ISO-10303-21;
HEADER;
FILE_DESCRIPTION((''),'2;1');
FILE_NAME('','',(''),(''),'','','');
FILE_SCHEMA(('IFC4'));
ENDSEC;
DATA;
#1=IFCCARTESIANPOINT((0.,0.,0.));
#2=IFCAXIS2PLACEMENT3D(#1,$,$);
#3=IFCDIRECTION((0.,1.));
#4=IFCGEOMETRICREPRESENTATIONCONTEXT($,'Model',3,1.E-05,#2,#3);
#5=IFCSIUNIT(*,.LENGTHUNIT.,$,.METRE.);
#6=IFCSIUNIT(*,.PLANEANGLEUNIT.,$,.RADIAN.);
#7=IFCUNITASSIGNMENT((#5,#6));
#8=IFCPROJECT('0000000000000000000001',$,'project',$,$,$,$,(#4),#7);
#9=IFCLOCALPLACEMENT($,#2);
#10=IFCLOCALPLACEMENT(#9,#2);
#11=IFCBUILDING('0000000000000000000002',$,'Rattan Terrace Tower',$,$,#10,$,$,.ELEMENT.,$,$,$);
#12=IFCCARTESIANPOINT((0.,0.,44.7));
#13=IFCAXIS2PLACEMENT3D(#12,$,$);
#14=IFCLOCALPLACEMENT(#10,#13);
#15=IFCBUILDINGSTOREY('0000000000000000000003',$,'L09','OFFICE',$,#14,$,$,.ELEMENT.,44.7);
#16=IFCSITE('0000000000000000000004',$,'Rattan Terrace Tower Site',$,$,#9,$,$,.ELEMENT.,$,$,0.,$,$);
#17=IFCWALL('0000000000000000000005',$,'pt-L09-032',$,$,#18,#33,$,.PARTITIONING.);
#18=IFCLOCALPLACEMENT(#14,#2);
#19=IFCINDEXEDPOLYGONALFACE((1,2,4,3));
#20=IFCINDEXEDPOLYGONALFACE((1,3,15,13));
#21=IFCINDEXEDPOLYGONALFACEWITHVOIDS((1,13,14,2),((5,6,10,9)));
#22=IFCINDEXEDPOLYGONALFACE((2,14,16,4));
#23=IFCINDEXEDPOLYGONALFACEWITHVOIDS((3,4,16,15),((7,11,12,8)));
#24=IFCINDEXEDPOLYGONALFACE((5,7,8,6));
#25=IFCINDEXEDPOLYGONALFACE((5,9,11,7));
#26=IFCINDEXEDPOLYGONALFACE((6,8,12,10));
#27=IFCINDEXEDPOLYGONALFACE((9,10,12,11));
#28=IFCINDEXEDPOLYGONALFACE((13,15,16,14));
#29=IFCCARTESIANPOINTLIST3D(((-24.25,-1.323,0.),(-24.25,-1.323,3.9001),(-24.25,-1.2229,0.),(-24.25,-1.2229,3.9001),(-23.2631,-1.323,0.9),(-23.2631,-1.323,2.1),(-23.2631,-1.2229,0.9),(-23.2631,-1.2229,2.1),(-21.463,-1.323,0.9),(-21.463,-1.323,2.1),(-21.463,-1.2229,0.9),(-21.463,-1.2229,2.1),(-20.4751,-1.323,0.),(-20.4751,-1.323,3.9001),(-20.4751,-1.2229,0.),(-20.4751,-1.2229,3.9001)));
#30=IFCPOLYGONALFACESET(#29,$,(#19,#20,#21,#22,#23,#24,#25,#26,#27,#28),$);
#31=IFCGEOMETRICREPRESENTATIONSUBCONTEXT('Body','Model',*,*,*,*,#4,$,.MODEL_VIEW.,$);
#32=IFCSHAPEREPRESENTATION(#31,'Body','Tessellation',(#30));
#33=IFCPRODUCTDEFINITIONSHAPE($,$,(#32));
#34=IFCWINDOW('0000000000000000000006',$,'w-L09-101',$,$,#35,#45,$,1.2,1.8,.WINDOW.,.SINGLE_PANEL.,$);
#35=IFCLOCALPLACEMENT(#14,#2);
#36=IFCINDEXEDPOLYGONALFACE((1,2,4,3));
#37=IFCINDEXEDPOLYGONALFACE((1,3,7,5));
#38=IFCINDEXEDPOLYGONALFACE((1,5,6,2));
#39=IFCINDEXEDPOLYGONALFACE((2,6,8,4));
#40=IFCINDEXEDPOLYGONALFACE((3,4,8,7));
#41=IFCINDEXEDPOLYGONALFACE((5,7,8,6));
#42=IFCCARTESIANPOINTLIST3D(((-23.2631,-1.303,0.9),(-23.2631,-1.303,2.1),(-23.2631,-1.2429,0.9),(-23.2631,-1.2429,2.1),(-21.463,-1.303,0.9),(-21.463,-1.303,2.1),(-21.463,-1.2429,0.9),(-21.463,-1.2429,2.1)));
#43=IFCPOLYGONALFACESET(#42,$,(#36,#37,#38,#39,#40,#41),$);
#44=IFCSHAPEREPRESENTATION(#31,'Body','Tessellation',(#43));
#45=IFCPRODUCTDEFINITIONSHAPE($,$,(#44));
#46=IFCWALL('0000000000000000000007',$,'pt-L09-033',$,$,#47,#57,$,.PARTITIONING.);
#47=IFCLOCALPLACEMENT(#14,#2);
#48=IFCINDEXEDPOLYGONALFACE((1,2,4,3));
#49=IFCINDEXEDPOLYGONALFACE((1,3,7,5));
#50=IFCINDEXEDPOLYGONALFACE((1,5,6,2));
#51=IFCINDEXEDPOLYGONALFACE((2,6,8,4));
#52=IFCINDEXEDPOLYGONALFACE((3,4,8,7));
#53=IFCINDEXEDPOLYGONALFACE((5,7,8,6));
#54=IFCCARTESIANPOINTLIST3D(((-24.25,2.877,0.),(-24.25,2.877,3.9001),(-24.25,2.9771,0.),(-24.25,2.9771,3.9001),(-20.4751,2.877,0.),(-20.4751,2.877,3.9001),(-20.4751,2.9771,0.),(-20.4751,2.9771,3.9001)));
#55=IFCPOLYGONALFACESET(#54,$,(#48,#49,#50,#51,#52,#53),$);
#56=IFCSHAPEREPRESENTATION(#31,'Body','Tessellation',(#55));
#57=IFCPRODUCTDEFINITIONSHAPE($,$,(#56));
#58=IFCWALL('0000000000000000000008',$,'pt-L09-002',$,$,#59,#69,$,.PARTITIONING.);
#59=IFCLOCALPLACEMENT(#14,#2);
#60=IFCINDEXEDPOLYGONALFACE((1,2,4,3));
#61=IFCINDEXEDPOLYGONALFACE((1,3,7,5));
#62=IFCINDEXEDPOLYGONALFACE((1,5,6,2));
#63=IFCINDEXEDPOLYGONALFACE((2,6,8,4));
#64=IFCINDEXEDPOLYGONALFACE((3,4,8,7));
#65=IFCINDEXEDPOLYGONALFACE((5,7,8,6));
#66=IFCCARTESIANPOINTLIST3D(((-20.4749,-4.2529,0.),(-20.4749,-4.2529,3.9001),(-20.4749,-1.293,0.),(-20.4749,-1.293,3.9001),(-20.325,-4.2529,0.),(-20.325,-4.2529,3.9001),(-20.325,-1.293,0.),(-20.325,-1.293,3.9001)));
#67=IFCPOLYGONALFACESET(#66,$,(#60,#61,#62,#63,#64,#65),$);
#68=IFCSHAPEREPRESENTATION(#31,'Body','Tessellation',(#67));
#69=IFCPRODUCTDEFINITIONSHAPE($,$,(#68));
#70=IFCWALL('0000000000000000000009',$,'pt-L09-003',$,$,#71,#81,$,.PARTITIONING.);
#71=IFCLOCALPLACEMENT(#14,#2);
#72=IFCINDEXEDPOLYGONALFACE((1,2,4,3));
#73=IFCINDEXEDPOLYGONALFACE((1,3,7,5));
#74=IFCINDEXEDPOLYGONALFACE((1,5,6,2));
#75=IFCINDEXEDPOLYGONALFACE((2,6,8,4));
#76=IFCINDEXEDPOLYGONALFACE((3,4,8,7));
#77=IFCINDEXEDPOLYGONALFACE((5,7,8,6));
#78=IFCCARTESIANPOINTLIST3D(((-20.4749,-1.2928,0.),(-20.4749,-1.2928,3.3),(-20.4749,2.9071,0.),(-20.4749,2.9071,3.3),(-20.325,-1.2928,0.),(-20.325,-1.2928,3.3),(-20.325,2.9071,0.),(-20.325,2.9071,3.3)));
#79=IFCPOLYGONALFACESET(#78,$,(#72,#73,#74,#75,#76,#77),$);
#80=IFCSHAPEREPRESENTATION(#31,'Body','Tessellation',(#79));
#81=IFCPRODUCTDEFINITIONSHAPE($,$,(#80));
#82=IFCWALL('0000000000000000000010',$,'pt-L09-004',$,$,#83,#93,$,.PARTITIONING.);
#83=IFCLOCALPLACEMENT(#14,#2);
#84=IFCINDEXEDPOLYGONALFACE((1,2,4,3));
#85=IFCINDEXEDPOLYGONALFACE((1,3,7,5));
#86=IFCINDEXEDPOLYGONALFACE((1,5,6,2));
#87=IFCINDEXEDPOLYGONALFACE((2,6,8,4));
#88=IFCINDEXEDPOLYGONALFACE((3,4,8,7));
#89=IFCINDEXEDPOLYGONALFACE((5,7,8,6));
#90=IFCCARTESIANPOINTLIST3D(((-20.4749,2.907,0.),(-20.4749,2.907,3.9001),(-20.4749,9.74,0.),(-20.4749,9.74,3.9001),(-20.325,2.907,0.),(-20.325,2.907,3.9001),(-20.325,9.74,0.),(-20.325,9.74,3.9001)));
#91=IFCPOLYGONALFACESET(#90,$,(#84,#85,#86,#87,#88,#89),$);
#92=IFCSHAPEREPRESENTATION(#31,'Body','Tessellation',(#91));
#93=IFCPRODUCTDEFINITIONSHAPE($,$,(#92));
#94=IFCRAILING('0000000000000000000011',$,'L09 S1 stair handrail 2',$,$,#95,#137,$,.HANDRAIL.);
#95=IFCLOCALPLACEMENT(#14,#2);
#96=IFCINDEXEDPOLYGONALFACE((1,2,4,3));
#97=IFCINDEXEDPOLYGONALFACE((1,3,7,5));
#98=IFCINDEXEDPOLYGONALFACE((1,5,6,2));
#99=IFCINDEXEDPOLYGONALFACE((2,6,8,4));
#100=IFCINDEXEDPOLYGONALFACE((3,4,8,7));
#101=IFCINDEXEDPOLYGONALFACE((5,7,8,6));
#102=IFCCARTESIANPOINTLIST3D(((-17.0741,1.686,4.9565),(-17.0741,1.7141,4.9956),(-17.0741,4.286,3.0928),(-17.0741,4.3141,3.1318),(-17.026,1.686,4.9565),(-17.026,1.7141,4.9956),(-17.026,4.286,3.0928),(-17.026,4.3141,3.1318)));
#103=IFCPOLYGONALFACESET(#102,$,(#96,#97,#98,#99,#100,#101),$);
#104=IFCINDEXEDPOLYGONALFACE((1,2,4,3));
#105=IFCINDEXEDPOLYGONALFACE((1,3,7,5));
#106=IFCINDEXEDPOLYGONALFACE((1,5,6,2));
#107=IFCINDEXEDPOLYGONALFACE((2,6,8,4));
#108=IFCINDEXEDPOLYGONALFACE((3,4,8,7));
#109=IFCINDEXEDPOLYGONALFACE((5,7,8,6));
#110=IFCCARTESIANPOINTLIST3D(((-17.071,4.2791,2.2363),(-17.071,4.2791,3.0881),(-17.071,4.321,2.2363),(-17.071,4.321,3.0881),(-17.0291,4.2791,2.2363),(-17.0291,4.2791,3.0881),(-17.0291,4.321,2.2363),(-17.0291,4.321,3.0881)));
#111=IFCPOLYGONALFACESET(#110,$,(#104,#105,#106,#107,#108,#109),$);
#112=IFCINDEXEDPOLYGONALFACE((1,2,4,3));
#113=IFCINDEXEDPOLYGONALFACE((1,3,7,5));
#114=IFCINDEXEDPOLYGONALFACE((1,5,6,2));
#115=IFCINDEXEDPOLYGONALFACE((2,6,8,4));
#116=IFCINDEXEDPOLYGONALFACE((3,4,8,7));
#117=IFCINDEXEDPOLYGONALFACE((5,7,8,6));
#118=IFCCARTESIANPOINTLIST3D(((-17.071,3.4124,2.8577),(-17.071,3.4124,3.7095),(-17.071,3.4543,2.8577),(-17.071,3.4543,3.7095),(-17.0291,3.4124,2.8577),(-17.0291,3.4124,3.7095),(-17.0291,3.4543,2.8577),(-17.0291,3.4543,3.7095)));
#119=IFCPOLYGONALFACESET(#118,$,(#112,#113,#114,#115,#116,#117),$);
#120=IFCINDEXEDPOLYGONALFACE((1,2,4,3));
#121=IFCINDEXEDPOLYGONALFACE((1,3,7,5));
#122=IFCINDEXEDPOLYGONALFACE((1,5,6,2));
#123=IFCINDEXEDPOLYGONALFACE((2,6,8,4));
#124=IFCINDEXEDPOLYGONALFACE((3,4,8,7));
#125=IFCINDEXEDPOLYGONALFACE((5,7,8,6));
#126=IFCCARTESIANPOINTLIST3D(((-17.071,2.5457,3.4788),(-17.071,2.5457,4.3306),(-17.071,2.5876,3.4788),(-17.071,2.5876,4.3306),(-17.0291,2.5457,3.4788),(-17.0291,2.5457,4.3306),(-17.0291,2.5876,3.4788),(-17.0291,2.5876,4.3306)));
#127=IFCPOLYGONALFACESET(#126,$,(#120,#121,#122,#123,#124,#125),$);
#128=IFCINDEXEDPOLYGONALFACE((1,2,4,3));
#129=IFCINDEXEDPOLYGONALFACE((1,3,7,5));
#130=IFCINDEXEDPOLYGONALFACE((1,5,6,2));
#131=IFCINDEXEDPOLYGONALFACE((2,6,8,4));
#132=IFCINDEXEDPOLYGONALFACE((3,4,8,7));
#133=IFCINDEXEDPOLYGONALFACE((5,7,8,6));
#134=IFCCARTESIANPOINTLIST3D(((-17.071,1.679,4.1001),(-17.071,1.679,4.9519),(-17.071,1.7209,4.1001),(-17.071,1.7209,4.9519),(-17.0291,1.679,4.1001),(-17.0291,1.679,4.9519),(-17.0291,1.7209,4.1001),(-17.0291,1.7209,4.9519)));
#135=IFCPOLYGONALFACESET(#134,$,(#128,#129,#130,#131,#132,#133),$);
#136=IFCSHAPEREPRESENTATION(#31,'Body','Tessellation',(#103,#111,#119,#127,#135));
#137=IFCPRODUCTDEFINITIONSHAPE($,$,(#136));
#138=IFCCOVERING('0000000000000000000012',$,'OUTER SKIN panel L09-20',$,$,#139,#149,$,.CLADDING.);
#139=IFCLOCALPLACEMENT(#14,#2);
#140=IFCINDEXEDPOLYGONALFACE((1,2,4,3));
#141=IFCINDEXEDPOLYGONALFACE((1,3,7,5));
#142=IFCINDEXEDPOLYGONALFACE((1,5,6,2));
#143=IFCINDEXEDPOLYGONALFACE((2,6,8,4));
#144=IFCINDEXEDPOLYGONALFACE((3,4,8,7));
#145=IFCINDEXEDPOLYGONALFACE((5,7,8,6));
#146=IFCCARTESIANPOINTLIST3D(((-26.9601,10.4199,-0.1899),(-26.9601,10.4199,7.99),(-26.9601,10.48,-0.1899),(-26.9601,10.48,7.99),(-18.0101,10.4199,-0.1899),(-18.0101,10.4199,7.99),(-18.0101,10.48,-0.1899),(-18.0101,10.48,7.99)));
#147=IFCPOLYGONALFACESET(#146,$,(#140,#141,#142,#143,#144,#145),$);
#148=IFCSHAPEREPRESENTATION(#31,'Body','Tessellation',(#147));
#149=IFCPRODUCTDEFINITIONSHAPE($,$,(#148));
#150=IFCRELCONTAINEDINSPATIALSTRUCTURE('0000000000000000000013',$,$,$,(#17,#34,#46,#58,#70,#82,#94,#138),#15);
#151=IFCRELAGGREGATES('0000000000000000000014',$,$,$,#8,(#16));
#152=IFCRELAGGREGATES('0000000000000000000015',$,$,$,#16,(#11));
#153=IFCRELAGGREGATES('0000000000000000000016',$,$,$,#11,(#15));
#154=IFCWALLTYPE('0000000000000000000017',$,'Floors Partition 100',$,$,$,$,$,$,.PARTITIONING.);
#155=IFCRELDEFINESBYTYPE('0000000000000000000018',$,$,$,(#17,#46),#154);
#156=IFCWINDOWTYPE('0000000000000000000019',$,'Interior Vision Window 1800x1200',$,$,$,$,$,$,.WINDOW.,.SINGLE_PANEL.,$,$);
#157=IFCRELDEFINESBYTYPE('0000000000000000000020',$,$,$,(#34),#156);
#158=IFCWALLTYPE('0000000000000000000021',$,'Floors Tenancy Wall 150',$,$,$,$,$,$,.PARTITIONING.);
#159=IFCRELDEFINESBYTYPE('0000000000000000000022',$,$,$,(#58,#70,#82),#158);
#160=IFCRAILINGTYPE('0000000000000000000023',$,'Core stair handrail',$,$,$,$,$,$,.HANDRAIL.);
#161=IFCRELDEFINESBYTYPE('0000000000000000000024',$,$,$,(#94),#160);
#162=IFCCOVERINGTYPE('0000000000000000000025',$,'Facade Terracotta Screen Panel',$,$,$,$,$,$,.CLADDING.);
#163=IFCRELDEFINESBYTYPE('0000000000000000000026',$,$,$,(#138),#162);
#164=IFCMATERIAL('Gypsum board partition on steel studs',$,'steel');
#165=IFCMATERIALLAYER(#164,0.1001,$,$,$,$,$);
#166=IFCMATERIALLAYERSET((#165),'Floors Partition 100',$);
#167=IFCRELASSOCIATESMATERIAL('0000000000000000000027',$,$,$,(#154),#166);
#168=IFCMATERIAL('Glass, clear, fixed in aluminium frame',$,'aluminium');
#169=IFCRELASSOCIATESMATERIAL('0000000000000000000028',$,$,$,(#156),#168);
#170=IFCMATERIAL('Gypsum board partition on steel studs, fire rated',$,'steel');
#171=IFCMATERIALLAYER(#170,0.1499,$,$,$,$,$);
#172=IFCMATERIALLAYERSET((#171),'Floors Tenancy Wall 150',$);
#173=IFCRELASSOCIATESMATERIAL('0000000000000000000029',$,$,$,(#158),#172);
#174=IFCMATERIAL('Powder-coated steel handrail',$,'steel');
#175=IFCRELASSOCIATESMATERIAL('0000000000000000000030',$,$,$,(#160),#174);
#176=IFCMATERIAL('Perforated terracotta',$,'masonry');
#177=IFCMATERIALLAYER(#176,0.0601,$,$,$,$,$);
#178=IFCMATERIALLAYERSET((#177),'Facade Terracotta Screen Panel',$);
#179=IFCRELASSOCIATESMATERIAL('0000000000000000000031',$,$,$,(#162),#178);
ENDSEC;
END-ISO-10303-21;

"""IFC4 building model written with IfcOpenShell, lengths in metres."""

from ifc_helpers import new_model, si_unit, direction, frame, frame_2d, origin, origin_2d, place, context, subcontext, project, spatial, rectangle, extrude, material, layer, layer_set, type_object, element, fill, save


model = new_model("IFC4")

# Units and contexts
model_context = context("Model", 3, precision=1e-05, world=origin(), true_north=direction((0.0, 1.0)))
body_context = subcontext(model_context, "Body", "Model", "MODEL_VIEW")
ifc_project = project(units=[si_unit("LENGTHUNIT", "METRE"), si_unit("PLANEANGLEUNIT", "RADIAN")], contexts=[model_context])

# Site, building, storey
site_placement = place(None, origin())
site = spatial("IfcSite", under=ifc_project, at=site_placement, Name="Rattan Terrace Tower Site", CompositionType="ELEMENT", RefElevation=0.0)
building_placement = place(site_placement, origin())
building = spatial("IfcBuilding", under=site, at=building_placement, Name="Rattan Terrace Tower", CompositionType="ELEMENT")
storey_placement = place(building_placement, frame((0.0, 0.0, 44.7)))
storey = spatial("IfcBuildingStorey", under=building, at=storey_placement, Name="L09", Description="OFFICE", CompositionType="ELEMENT", Elevation=44.7)

# Shared definitions
ifc_material_1 = material(Name="Gypsum board partition on steel studs", Category="steel")
ifc_layer_1 = layer(ifc_material_1, 0.1001)
ifc_layer_set_1 = layer_set([ifc_layer_1], Name="Floors Partition 100")
wall_type_1 = type_object("IfcWallType", Name="Floors Partition 100", PredefinedType="PARTITIONING", material=ifc_layer_set_1)

# Wall, opening, window
wall_1_placement = place(storey_placement, frame((-24.25, -1.2729, 0.0), z_axis=(0.0, 0.0, 1.0), x_axis=(1.0, 0.0, 0.0)))
wall_1 = element("IfcWall", 1, at=wall_1_placement, inside=storey, type_object=wall_type_1, Name="pt-L09-032", PredefinedType="PARTITIONING", context=body_context, shape_type="SweptSolid", body=[
    extrude(rectangle(XDim=3.7749, YDim=0.1001, at=frame_2d((1.8875, 0.0))), origin(), (0.0, 0.0, 1.0), 3.9001),
])
opening_1_placement = place(wall_1_placement, frame((0.9871, 0.0, 0.8999)))
opening_1 = element("IfcOpeningElement", 2, at=opening_1_placement, cuts=wall_1, PredefinedType="OPENING", context=body_context, shape_type="SweptSolid", body=[
    extrude(rectangle(XDim=1.8, YDim=1.2, at=frame_2d((0.8999, 0.6001))), frame((0.0, 0.0605, 0.0), z_axis=(0.0, -1.0, 0.0), x_axis=(1.0, 0.0, 0.0)), (0.0, 0.0, 1.0), 0.1211),
])
ifc_material_2 = material(Name="Glass, clear, fixed in aluminium frame", Category="aluminium")
window_type_1 = type_object("IfcWindowType", Name="Interior Vision Window 1800x1200", PartitioningType="SINGLE_PANEL", PredefinedType="WINDOW", material=ifc_material_2)
window_1_placement = place(opening_1_placement, origin())
window_1 = element("IfcWindow", 3, at=window_1_placement, inside=storey, type_object=window_type_1, Name="w-L09-101", OverallHeight=1.2, OverallWidth=1.8, PartitioningType="SINGLE_PANEL", PredefinedType="WINDOW", context=body_context, shape_type="SweptSolid", body=[
    extrude(rectangle(XDim=1.8, YDim=1.2, at=frame_2d((0.8999, 0.6001))), frame((0.0, 0.03, 0.0), z_axis=(0.0, -1.0, 0.0), x_axis=(1.0, 0.0, 0.0)), (0.0, 0.0, 1.0), 0.0601),
])
fill(opening_1, window_1)

# Walls
wall_2_placement = place(storey_placement, frame((-24.25, 2.927, 0.0), z_axis=(0.0, 0.0, 1.0), x_axis=(1.0, 0.0, 0.0)))
element("IfcWall", 4, at=wall_2_placement, inside=storey, type_object=wall_type_1, Name="pt-L09-033", PredefinedType="PARTITIONING", context=body_context, shape_type="SweptSolid", body=[
    extrude(rectangle(XDim=3.7749, YDim=0.1001, at=frame_2d((1.8875, 0.0))), origin(), (0.0, 0.0, 1.0), 3.9001),
])
ifc_material_3 = material(Name="Gypsum board partition on steel studs, fire rated", Category="steel")
ifc_layer_2 = layer(ifc_material_3, 0.1499)
ifc_layer_set_2 = layer_set([ifc_layer_2], Name="Floors Tenancy Wall 150")
wall_type_2 = type_object("IfcWallType", Name="Floors Tenancy Wall 150", PredefinedType="PARTITIONING", material=ifc_layer_set_2)
wall_3_placement = place(storey_placement, frame((-20.3999, -4.2529, 0.0), z_axis=(0.0, 0.0, 1.0), x_axis=(0.0, 1.0, 0.0)))
element("IfcWall", 5, at=wall_3_placement, inside=storey, type_object=wall_type_2, Name="pt-L09-002", PredefinedType="PARTITIONING", context=body_context, shape_type="SweptSolid", body=[
    extrude(rectangle(XDim=2.96, YDim=0.1499, at=frame_2d((1.48, 0.0))), origin(), (0.0, 0.0, 1.0), 3.9001),
])
wall_4_placement = place(storey_placement, frame((-20.3999, -1.293, 0.0), z_axis=(0.0, 0.0, 1.0), x_axis=(0.0, 1.0, 0.0)))
element("IfcWall", 6, at=wall_4_placement, inside=storey, type_object=wall_type_2, Name="pt-L09-003", PredefinedType="PARTITIONING", context=body_context, shape_type="SweptSolid", body=[
    extrude(rectangle(XDim=4.2, YDim=0.1499, at=frame_2d((2.1001, 0.0))), origin(), (0.0, 0.0, 1.0), 3.3),
])
wall_5_placement = place(storey_placement, frame((-20.3999, 2.907, 0.0), z_axis=(0.0, 0.0, 1.0), x_axis=(0.0, 1.0, 0.0)))
element("IfcWall", 7, at=wall_5_placement, inside=storey, type_object=wall_type_2, Name="pt-L09-004", PredefinedType="PARTITIONING", context=body_context, shape_type="SweptSolid", body=[
    extrude(rectangle(XDim=6.833, YDim=0.1499, at=frame_2d((3.4165, 0.0))), origin(), (0.0, 0.0, 1.0), 3.9001),
])

# Railing
ifc_material_4 = material(Name="Powder-coated steel handrail", Category="steel")
railing_type = type_object("IfcRailingType", Name="Core stair handrail", PredefinedType="HANDRAIL", material=ifc_material_4)
railing_placement = place(storey_placement, frame((-17.05, 4.3, 2.2363)))
element("IfcRailing", 8, at=railing_placement, inside=storey, type_object=railing_type, Name="L09 S1 stair handrail 2", PredefinedType="HANDRAIL", context=body_context, shape_type="SweptSolid", body=[
    extrude(rectangle(XDim=0.0481, YDim=0.0481, at=origin_2d()), frame((0.0, 0.0, 0.876), z_axis=(0.0, -0.812763, 0.582595), x_axis=(1.0, 0.0, 0.0)), (0.0, 0.0, 1.0), 3.199),
    extrude(rectangle(XDim=0.042, YDim=0.042, at=origin_2d()), origin(), (0.0, 0.0, 1.0), 0.8518),
    extrude(rectangle(XDim=0.042, YDim=0.042, at=origin_2d()), frame((0.0, -0.8667, 0.6213)), (0.0, 0.0, 1.0), 0.8518),
    extrude(rectangle(XDim=0.042, YDim=0.042, at=origin_2d()), frame((0.0, -1.7334, 1.2424)), (0.0, 0.0, 1.0), 0.8518),
    extrude(rectangle(XDim=0.042, YDim=0.042, at=origin_2d()), frame((0.0, -2.6001, 1.8638)), (0.0, 0.0, 1.0), 0.8518),
])

# Covering
ifc_material_5 = material(Name="Perforated terracotta", Category="masonry")
ifc_layer_3 = layer(ifc_material_5, 0.0601)
ifc_layer_set_3 = layer_set([ifc_layer_3], Name="Facade Terracotta Screen Panel")
covering_type = type_object("IfcCoveringType", Name="Facade Terracotta Screen Panel", PredefinedType="CLADDING", material=ifc_layer_set_3)
covering_placement = place(storey_placement, frame((-22.4851, 10.45, -0.1899), z_axis=(0.0, 0.0, 1.0), x_axis=(-1.0, 0.0, 0.0)))
element("IfcCovering", 9, at=covering_placement, inside=storey, type_object=covering_type, Name="OUTER SKIN panel L09-20", PredefinedType="CLADDING", context=body_context, shape_type="SweptSolid", body=[
    extrude(rectangle(XDim=8.95, YDim=0.0601, at=origin_2d()), origin(), (0.0, 0.0, 1.0), 8.1799),
])

save(model, "model.ifc")
